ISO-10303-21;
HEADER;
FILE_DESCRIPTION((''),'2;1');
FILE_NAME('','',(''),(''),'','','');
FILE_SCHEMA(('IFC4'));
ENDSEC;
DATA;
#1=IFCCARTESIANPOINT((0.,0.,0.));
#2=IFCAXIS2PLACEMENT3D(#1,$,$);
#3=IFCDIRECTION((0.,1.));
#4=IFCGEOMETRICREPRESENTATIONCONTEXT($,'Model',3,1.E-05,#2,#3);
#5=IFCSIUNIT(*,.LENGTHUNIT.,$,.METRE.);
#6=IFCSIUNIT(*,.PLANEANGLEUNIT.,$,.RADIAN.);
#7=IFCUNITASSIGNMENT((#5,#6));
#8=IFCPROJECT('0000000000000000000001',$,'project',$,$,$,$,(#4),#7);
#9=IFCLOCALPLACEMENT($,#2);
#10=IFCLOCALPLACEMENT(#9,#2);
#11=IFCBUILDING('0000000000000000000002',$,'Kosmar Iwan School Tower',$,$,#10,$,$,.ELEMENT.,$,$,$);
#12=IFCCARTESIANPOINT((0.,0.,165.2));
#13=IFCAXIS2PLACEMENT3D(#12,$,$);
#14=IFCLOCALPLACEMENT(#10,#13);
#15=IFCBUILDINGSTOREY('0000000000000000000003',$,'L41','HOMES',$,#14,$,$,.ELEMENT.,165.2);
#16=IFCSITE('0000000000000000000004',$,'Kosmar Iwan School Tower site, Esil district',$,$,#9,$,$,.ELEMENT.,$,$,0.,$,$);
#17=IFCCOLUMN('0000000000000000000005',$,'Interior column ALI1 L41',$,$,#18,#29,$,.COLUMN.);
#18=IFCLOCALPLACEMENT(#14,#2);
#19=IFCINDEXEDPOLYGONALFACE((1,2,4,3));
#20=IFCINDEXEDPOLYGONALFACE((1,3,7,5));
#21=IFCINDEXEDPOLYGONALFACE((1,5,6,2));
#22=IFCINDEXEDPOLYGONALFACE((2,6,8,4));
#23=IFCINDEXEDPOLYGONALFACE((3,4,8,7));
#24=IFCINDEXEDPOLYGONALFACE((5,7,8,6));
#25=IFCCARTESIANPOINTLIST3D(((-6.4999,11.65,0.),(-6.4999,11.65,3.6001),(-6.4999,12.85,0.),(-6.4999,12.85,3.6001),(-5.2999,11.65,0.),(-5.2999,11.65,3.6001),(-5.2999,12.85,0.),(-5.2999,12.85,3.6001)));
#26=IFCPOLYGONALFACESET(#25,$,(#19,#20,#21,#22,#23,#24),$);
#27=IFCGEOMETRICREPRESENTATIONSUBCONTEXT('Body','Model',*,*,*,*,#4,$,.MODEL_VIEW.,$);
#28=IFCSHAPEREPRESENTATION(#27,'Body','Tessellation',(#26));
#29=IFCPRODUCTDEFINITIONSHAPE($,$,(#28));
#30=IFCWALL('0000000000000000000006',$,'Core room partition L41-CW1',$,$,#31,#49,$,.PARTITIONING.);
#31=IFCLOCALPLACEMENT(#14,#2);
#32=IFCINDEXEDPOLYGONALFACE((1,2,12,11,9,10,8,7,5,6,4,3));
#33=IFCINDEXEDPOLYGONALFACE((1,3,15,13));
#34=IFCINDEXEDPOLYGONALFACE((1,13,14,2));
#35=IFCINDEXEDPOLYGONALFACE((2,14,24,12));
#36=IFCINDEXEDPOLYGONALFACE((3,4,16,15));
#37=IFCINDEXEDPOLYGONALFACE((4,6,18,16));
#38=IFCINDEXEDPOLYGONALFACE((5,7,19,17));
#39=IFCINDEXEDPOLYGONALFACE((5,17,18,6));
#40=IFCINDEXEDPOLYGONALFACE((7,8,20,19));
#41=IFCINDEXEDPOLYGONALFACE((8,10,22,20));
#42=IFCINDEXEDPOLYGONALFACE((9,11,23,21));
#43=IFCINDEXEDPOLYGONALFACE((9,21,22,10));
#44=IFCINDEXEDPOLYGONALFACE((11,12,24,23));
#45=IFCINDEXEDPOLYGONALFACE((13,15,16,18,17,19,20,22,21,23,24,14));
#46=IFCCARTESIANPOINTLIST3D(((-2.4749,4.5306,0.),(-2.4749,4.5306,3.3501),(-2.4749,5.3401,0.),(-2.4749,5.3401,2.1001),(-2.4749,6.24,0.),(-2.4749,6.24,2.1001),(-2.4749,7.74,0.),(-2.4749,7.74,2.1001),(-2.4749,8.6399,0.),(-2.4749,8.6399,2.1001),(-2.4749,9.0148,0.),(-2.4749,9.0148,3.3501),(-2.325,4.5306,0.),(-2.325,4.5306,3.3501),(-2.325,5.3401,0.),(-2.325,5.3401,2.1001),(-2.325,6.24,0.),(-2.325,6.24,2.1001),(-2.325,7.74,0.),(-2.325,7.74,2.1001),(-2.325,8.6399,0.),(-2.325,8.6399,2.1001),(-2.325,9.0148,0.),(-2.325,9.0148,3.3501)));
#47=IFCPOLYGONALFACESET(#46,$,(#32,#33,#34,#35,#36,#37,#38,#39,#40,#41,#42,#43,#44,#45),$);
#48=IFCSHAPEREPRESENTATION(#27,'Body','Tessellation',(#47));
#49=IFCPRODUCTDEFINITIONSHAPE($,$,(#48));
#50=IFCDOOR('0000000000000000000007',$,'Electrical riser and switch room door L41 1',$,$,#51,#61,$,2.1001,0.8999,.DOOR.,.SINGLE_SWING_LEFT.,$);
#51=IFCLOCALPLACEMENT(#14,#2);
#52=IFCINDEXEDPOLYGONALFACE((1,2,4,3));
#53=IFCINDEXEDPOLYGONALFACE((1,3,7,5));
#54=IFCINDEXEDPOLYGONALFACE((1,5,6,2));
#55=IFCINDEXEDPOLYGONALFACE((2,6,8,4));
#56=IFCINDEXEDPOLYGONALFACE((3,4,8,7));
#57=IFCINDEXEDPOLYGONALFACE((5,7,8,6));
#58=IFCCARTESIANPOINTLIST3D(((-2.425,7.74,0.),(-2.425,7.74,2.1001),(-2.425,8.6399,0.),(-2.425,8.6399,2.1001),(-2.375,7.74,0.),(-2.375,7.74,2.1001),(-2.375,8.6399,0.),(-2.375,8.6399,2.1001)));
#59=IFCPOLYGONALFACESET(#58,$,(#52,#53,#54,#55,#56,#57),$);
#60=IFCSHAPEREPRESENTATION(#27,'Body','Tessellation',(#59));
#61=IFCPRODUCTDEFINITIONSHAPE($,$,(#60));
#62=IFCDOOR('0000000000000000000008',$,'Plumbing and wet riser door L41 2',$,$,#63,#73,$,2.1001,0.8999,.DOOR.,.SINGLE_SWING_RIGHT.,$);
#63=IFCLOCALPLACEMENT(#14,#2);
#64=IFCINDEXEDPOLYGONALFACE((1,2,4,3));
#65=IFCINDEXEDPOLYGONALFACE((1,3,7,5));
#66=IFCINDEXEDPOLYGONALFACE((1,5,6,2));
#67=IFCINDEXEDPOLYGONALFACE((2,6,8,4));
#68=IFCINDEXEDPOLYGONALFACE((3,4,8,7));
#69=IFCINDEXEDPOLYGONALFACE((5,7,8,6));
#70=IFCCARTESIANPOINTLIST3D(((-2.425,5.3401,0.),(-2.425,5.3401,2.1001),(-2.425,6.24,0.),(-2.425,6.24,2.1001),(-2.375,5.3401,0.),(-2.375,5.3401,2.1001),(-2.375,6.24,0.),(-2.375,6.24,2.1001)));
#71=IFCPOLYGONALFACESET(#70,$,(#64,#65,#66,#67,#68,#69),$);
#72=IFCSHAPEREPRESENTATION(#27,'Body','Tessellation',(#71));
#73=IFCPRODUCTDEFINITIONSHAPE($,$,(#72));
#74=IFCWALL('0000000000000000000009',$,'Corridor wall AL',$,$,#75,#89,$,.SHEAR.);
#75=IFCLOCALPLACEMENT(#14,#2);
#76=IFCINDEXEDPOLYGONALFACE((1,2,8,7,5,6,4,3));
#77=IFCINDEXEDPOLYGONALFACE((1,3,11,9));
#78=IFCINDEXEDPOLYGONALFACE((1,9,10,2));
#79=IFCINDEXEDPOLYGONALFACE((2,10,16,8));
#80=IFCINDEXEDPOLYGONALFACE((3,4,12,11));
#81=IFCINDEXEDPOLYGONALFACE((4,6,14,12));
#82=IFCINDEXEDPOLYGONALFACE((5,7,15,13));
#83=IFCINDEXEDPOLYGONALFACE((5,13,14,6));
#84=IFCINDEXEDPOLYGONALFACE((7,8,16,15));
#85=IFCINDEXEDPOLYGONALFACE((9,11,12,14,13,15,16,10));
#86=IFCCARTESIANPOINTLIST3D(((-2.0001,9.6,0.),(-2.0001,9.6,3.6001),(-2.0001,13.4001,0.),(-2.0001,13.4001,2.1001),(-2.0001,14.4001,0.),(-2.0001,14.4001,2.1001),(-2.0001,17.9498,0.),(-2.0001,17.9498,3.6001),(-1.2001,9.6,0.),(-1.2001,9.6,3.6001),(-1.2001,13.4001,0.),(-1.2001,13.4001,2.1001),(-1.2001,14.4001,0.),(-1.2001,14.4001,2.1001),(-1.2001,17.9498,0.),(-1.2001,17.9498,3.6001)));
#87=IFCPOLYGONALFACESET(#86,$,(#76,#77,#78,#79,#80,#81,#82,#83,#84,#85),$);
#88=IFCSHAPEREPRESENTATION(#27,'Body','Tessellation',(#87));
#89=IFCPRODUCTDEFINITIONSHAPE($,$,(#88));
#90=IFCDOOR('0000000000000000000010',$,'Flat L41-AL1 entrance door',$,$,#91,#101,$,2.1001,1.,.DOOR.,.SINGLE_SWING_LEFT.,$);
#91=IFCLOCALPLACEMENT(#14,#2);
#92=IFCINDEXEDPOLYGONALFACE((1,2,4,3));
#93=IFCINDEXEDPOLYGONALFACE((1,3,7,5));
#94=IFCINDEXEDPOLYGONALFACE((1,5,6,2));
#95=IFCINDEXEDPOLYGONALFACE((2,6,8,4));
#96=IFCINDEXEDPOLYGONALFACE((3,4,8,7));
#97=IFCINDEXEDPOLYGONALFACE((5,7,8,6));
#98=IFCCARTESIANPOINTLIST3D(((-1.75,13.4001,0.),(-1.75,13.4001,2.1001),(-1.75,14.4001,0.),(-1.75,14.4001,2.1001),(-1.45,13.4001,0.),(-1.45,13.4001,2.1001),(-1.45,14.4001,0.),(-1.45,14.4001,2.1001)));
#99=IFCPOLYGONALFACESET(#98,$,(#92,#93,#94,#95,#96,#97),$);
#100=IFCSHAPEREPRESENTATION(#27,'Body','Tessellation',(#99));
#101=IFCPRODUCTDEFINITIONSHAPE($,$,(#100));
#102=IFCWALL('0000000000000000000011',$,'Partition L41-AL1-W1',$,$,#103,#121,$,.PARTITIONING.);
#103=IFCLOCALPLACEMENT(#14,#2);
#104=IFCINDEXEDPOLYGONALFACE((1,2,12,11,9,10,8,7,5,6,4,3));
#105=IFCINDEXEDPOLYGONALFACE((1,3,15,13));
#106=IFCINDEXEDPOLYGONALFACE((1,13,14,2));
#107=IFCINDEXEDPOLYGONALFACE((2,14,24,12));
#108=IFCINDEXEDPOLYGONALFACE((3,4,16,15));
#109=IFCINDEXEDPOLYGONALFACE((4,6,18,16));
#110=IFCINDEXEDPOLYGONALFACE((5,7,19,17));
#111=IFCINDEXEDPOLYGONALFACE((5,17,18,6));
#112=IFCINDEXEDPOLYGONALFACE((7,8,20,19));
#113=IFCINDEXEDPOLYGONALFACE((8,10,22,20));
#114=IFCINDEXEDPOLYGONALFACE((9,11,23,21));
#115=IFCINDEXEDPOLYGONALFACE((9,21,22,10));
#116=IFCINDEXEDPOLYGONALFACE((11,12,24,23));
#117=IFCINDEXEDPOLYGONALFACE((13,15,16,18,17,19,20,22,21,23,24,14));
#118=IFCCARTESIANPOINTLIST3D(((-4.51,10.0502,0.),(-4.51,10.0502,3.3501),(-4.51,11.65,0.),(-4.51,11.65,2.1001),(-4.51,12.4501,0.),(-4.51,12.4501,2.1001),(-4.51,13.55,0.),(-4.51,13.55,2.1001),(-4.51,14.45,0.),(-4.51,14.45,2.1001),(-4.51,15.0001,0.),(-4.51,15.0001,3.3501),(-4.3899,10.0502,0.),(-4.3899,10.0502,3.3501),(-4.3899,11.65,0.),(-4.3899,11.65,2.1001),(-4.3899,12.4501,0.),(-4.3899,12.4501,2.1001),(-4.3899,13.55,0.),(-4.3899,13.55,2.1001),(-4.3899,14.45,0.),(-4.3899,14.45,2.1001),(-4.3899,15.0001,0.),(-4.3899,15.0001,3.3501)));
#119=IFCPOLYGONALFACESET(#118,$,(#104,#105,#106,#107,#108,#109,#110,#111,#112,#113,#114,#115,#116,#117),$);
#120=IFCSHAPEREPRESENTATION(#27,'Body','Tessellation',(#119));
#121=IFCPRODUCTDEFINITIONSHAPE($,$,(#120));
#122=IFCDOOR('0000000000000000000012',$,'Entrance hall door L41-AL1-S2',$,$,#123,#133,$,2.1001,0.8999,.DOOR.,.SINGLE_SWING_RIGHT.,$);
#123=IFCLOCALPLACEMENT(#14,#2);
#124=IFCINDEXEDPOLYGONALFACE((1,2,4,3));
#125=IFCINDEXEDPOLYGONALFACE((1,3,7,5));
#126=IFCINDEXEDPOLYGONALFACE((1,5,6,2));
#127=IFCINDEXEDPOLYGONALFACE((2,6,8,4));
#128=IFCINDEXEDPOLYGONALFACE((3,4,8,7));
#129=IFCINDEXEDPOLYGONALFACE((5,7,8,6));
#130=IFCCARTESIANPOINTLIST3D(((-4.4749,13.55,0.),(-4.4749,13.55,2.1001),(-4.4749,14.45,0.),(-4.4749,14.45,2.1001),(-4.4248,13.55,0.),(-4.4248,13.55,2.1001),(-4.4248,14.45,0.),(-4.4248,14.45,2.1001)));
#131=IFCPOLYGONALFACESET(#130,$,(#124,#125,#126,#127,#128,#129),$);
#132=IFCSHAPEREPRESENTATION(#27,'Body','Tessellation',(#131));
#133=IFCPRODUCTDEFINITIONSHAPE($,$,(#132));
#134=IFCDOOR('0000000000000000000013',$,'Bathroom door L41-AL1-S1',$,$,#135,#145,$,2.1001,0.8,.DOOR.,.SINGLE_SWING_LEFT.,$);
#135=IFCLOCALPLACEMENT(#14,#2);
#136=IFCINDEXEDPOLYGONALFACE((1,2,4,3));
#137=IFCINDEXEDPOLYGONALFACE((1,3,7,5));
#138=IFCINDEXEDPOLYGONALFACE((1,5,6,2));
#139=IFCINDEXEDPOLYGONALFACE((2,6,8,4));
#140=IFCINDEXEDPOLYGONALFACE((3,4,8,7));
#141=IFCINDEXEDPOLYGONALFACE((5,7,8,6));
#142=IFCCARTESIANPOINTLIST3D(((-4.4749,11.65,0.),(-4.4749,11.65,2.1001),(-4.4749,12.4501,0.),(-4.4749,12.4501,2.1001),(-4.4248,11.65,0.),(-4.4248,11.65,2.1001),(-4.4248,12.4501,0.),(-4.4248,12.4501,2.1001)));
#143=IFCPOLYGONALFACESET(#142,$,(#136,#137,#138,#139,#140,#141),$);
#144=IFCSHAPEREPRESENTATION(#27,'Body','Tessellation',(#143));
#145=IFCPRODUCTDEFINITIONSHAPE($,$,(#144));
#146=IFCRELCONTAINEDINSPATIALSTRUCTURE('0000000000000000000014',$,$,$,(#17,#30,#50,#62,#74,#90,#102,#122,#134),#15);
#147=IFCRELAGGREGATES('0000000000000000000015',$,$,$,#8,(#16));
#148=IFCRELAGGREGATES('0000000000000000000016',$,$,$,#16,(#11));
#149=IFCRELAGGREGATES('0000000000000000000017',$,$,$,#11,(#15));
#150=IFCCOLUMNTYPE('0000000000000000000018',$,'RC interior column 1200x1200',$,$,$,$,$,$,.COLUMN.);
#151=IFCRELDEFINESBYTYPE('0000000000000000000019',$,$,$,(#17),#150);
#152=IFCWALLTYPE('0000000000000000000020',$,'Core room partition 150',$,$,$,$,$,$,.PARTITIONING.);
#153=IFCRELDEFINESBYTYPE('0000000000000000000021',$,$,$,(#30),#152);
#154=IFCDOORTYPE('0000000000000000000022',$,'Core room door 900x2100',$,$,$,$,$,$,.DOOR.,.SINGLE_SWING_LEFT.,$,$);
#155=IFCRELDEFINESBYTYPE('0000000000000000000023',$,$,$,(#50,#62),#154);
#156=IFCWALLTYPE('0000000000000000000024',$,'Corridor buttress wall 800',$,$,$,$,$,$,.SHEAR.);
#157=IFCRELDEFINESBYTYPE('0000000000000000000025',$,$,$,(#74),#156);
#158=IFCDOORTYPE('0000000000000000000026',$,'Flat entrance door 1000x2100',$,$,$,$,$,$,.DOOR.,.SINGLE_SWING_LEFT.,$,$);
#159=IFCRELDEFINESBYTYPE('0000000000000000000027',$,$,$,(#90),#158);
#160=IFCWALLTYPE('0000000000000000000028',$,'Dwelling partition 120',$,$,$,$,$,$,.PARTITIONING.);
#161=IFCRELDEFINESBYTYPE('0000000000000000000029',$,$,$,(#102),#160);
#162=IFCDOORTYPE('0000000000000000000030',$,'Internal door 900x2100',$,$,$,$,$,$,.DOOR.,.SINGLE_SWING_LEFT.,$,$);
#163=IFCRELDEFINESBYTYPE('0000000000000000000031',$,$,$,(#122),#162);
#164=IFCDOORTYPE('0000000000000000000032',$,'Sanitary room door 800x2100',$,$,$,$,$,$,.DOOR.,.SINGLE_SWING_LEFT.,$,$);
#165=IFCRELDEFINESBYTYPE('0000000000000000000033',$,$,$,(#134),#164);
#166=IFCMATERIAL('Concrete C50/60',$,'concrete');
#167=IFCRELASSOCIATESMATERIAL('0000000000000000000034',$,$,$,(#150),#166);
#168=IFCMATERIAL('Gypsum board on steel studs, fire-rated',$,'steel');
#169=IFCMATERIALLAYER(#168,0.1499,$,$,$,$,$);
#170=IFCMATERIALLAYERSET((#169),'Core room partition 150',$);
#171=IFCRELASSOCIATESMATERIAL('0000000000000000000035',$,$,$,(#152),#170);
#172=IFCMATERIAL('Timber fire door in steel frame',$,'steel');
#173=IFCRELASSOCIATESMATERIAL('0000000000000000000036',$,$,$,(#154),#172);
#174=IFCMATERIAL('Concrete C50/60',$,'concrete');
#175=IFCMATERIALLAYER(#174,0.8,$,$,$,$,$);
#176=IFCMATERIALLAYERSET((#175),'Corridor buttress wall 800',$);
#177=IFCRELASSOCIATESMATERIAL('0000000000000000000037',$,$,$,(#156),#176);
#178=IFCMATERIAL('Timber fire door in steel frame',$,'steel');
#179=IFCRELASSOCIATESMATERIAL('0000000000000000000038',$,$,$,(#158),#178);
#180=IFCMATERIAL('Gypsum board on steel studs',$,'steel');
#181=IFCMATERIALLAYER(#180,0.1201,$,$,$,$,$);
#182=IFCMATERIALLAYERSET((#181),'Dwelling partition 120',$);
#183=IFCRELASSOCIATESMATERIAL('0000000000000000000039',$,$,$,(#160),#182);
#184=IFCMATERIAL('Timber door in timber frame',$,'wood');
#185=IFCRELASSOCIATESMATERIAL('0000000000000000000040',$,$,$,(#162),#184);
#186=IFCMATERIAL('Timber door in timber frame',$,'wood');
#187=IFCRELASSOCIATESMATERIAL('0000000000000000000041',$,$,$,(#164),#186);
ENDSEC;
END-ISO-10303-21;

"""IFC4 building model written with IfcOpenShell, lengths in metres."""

from ifc_helpers import new_model, si_unit, direction, frame, frame_2d, origin, origin_2d, place, context, subcontext, project, spatial, rectangle, extrude, material, layer, layer_set, material_profile, profile_set, type_object, element, fill, save


model = new_model("IFC4")

# Units and contexts
model_context = context("Model", 3, precision=1e-05, world=origin(), true_north=direction((0.0, 1.0)))
body_context = subcontext(model_context, "Body", "Model", "MODEL_VIEW")
ifc_project = project(units=[si_unit("LENGTHUNIT", "METRE"), si_unit("PLANEANGLEUNIT", "RADIAN")], contexts=[model_context])

# Site, building, storey
site_placement = place(None, origin())
site = spatial("IfcSite", under=ifc_project, at=site_placement, Name="Kosmar Iwan School Tower site, Esil district", CompositionType="ELEMENT", RefElevation=0.0)
building_placement = place(site_placement, origin())
building = spatial("IfcBuilding", under=site, at=building_placement, Name="Kosmar Iwan School Tower", CompositionType="ELEMENT")
storey_placement = place(building_placement, frame((0.0, 0.0, 165.2)))
storey = spatial("IfcBuildingStorey", under=building, at=storey_placement, Name="L41", Description="HOMES", CompositionType="ELEMENT", Elevation=165.2)

# Column
ifc_material_1 = material(Name="Concrete C50/60", Category="concrete")
ifc_material_profile = material_profile(ifc_material_1, rectangle(XDim=1.2, YDim=1.2, at=origin_2d()), Name="RC 1200x1200")
ifc_profile_set = profile_set([ifc_material_profile], Name="Concrete C50/60")
column_type = type_object("IfcColumnType", Name="RC interior column 1200x1200", PredefinedType="COLUMN", material=ifc_profile_set)
column_placement = place(storey_placement, frame((-5.8999, 12.25, 0.0), z_axis=(0.0, 0.0, 1.0), x_axis=(0.0, 1.0, 0.0)))
element("IfcColumn", 1, at=column_placement, inside=storey, type_object=column_type, Name="Interior column ALI1 L41", PredefinedType="COLUMN", context=body_context, shape_type="SweptSolid", body=[
    extrude(rectangle(XDim=1.2, YDim=1.2, at=origin_2d()), origin(), (0.0, 0.0, 1.0), 3.6001),
])

# Wall, openings, doors
ifc_material_2 = material(Name="Gypsum board on steel studs, fire-rated", Category="steel")
ifc_layer_1 = layer(ifc_material_2, 0.1499)
ifc_layer_set_1 = layer_set([ifc_layer_1], Name="Core room partition 150")
wall_type_1 = type_object("IfcWallType", Name="Core room partition 150", PredefinedType="PARTITIONING", material=ifc_layer_set_1)
wall_1_placement = place(storey_placement, frame((-2.3999, 9.0149, 0.0), z_axis=(0.0, 0.0, 1.0), x_axis=(0.0, -1.0, 0.0)))
wall_1 = element("IfcWall", 2, at=wall_1_placement, inside=storey, type_object=wall_type_1, Name="Core room partition L41-CW1", PredefinedType="PARTITIONING", context=body_context, shape_type="SweptSolid", body=[
    extrude(rectangle(XDim=4.4841, YDim=0.1499, at=frame_2d((2.2422, 0.0))), origin(), (0.0, 0.0, 1.0), 3.3501),
])
opening_1_placement = place(wall_1_placement, frame((0.375, 0.0, 0.0)))
opening_1 = element("IfcOpeningElement", 3, at=opening_1_placement, cuts=wall_1, PredefinedType="OPENING", context=body_context, shape_type="SweptSolid", body=[
    extrude(rectangle(XDim=0.8999, YDim=2.1001, at=frame_2d((0.45, 1.05))), frame((0.0, 0.0869, 0.0), z_axis=(0.0, -1.0, 0.0), x_axis=(1.0, 0.0, 0.0)), (0.0, 0.0, 1.0), 0.1738),
])
opening_2_placement = place(wall_1_placement, frame((2.7749, 0.0, 0.0)))
opening_2 = element("IfcOpeningElement", 4, at=opening_2_placement, cuts=wall_1, PredefinedType="OPENING", context=body_context, shape_type="SweptSolid", body=[
    extrude(rectangle(XDim=0.8999, YDim=2.1001, at=frame_2d((0.45, 1.05))), frame((0.0, 0.0869, 0.0), z_axis=(0.0, -1.0, 0.0), x_axis=(1.0, 0.0, 0.0)), (0.0, 0.0, 1.0), 0.1738),
])
ifc_material_3 = material(Name="Timber fire door in steel frame", Category="steel")
door_type_1 = type_object("IfcDoorType", Name="Core room door 900x2100", OperationType="SINGLE_SWING_LEFT", PredefinedType="DOOR", material=ifc_material_3)
door_1_placement = place(opening_1_placement, origin())
door_1 = element("IfcDoor", 5, at=door_1_placement, inside=storey, type_object=door_type_1, Name="Electrical riser and switch room door L41 1", OperationType="SINGLE_SWING_LEFT", OverallHeight=2.1001, OverallWidth=0.8999, PredefinedType="DOOR", context=body_context, shape_type="SweptSolid", body=[
    extrude(rectangle(XDim=0.8999, YDim=2.1001, at=frame_2d((0.45, 1.05))), frame((0.0, 0.0249, 0.0), z_axis=(0.0, -1.0, 0.0), x_axis=(1.0, 0.0, 0.0)), (0.0, 0.0, 1.0), 0.05),
])
fill(opening_1, door_1)
door_2_placement = place(opening_2_placement, origin())
door_2 = element("IfcDoor", 6, at=door_2_placement, inside=storey, type_object=door_type_1, Name="Plumbing and wet riser door L41 2", OperationType="SINGLE_SWING_RIGHT", OverallHeight=2.1001, OverallWidth=0.8999, PredefinedType="DOOR", context=body_context, shape_type="SweptSolid", body=[
    extrude(rectangle(XDim=0.8999, YDim=2.1001, at=frame_2d((0.45, 1.05))), frame((0.0, 0.0249, 0.0), z_axis=(0.0, -1.0, 0.0), x_axis=(1.0, 0.0, 0.0)), (0.0, 0.0, 1.0), 0.05),
])
fill(opening_2, door_2)

# Wall, opening, door
ifc_material_4 = material(Name="Concrete C50/60", Category="concrete")
ifc_layer_2 = layer(ifc_material_4, 0.8)
ifc_layer_set_2 = layer_set([ifc_layer_2], Name="Corridor buttress wall 800")
wall_type_2 = type_object("IfcWallType", Name="Corridor buttress wall 800", PredefinedType="SHEAR", material=ifc_layer_set_2)
wall_2_placement = place(storey_placement, frame((-1.6001, 9.6001, 0.0), z_axis=(0.0, 0.0, 1.0), x_axis=(0.0, 1.0, 0.0)))
wall_2 = element("IfcWall", 7, at=wall_2_placement, inside=storey, type_object=wall_type_2, Name="Corridor wall AL", PredefinedType="SHEAR", context=body_context, shape_type="SweptSolid", body=[
    extrude(rectangle(XDim=8.3499, YDim=0.8, at=frame_2d((4.1748, 0.0))), origin(), (0.0, 0.0, 1.0), 3.6001),
])
opening_3_placement = place(wall_2_placement, frame((3.8, 0.0, 0.0)))
opening_3 = element("IfcOpeningElement", 8, at=opening_3_placement, cuts=wall_2, PredefinedType="OPENING", context=body_context, shape_type="SweptSolid", body=[
    extrude(rectangle(XDim=1.0, YDim=2.1001, at=frame_2d((0.5, 1.05))), frame((0.0, 0.4121, 0.0), z_axis=(0.0, -1.0, 0.0), x_axis=(1.0, 0.0, 0.0)), (0.0, 0.0, 1.0), 0.824),
])
ifc_material_5 = material(Name="Timber fire door in steel frame", Category="steel")
door_type_2 = type_object("IfcDoorType", Name="Flat entrance door 1000x2100", OperationType="SINGLE_SWING_LEFT", PredefinedType="DOOR", material=ifc_material_5)
door_3_placement = place(opening_3_placement, origin())
door_3 = element("IfcDoor", 9, at=door_3_placement, inside=storey, type_object=door_type_2, Name="Flat L41-AL1 entrance door", OperationType="SINGLE_SWING_LEFT", OverallHeight=2.1001, OverallWidth=1.0, PredefinedType="DOOR", context=body_context, shape_type="SweptSolid", body=[
    extrude(rectangle(XDim=1.0, YDim=2.1001, at=frame_2d((0.5, 1.05))), frame((0.0, 0.1499, 0.0), z_axis=(0.0, -1.0, 0.0), x_axis=(1.0, 0.0, 0.0)), (0.0, 0.0, 1.0), 0.3),
])
fill(opening_3, door_3)

# Wall, openings, doors
ifc_material_6 = material(Name="Gypsum board on steel studs", Category="steel")
ifc_layer_3 = layer(ifc_material_6, 0.1201)
ifc_layer_set_3 = layer_set([ifc_layer_3], Name="Dwelling partition 120")
wall_type_3 = type_object("IfcWallType", Name="Dwelling partition 120", PredefinedType="PARTITIONING", material=ifc_layer_set_3)
wall_3_placement = place(storey_placement, frame((-4.45, 10.05, 0.0), z_axis=(0.0, 0.0, 1.0), x_axis=(0.0, 1.0, 0.0)))
wall_3 = element("IfcWall", 10, at=wall_3_placement, inside=storey, type_object=wall_type_3, Name="Partition L41-AL1-W1", PredefinedType="PARTITIONING", context=body_context, shape_type="SweptSolid", body=[
    extrude(rectangle(XDim=4.95, YDim=0.1201, at=frame_2d((2.4751, 0.0))), origin(), (0.0, 0.0, 1.0), 3.3501),
])
opening_4_placement = place(wall_3_placement, frame((1.6001, 0.0, 0.0)))
opening_4 = element("IfcOpeningElement", 11, at=opening_4_placement, cuts=wall_3, PredefinedType="OPENING", context=body_context, shape_type="SweptSolid", body=[
    extrude(rectangle(XDim=0.8, YDim=2.1001, at=frame_2d((0.3999, 1.05))), frame((0.0, 0.072, 0.0), z_axis=(0.0, -1.0, 0.0), x_axis=(1.0, 0.0, 0.0)), (0.0, 0.0, 1.0), 0.144),
])
opening_5_placement = place(wall_3_placement, frame((3.5, 0.0, 0.0)))
opening_5 = element("IfcOpeningElement", 12, at=opening_5_placement, cuts=wall_3, PredefinedType="OPENING", context=body_context, shape_type="SweptSolid", body=[
    extrude(rectangle(XDim=0.8999, YDim=2.1001, at=frame_2d((0.45, 1.05))), frame((0.0, 0.072, 0.0), z_axis=(0.0, -1.0, 0.0), x_axis=(1.0, 0.0, 0.0)), (0.0, 0.0, 1.0), 0.144),
])
ifc_material_7 = material(Name="Timber door in timber frame", Category="wood")
door_type_3 = type_object("IfcDoorType", Name="Internal door 900x2100", OperationType="SINGLE_SWING_LEFT", PredefinedType="DOOR", material=ifc_material_7)
door_4_placement = place(opening_5_placement, origin())
door_4 = element("IfcDoor", 13, at=door_4_placement, inside=storey, type_object=door_type_3, Name="Entrance hall door L41-AL1-S2", OperationType="SINGLE_SWING_RIGHT", OverallHeight=2.1001, OverallWidth=0.8999, PredefinedType="DOOR", context=body_context, shape_type="SweptSolid", body=[
    extrude(rectangle(XDim=0.8999, YDim=2.1001, at=frame_2d((0.45, 1.05))), frame((0.0, 0.0249, 0.0), z_axis=(0.0, -1.0, 0.0), x_axis=(1.0, 0.0, 0.0)), (0.0, 0.0, 1.0), 0.05),
])
fill(opening_5, door_4)
ifc_material_8 = material(Name="Timber door in timber frame", Category="wood")
door_type_4 = type_object("IfcDoorType", Name="Sanitary room door 800x2100", OperationType="SINGLE_SWING_LEFT", PredefinedType="DOOR", material=ifc_material_8)
door_5_placement = place(opening_4_placement, origin())
door_5 = element("IfcDoor", 14, at=door_5_placement, inside=storey, type_object=door_type_4, Name="Bathroom door L41-AL1-S1", OperationType="SINGLE_SWING_LEFT", OverallHeight=2.1001, OverallWidth=0.8, PredefinedType="DOOR", context=body_context, shape_type="SweptSolid", body=[
    extrude(rectangle(XDim=0.8, YDim=2.1001, at=frame_2d((0.3999, 1.05))), frame((0.0, 0.0249, 0.0), z_axis=(0.0, -1.0, 0.0), x_axis=(1.0, 0.0, 0.0)), (0.0, 0.0, 1.0), 0.05),
])
fill(opening_4, door_5)

save(model, "model.ifc")
